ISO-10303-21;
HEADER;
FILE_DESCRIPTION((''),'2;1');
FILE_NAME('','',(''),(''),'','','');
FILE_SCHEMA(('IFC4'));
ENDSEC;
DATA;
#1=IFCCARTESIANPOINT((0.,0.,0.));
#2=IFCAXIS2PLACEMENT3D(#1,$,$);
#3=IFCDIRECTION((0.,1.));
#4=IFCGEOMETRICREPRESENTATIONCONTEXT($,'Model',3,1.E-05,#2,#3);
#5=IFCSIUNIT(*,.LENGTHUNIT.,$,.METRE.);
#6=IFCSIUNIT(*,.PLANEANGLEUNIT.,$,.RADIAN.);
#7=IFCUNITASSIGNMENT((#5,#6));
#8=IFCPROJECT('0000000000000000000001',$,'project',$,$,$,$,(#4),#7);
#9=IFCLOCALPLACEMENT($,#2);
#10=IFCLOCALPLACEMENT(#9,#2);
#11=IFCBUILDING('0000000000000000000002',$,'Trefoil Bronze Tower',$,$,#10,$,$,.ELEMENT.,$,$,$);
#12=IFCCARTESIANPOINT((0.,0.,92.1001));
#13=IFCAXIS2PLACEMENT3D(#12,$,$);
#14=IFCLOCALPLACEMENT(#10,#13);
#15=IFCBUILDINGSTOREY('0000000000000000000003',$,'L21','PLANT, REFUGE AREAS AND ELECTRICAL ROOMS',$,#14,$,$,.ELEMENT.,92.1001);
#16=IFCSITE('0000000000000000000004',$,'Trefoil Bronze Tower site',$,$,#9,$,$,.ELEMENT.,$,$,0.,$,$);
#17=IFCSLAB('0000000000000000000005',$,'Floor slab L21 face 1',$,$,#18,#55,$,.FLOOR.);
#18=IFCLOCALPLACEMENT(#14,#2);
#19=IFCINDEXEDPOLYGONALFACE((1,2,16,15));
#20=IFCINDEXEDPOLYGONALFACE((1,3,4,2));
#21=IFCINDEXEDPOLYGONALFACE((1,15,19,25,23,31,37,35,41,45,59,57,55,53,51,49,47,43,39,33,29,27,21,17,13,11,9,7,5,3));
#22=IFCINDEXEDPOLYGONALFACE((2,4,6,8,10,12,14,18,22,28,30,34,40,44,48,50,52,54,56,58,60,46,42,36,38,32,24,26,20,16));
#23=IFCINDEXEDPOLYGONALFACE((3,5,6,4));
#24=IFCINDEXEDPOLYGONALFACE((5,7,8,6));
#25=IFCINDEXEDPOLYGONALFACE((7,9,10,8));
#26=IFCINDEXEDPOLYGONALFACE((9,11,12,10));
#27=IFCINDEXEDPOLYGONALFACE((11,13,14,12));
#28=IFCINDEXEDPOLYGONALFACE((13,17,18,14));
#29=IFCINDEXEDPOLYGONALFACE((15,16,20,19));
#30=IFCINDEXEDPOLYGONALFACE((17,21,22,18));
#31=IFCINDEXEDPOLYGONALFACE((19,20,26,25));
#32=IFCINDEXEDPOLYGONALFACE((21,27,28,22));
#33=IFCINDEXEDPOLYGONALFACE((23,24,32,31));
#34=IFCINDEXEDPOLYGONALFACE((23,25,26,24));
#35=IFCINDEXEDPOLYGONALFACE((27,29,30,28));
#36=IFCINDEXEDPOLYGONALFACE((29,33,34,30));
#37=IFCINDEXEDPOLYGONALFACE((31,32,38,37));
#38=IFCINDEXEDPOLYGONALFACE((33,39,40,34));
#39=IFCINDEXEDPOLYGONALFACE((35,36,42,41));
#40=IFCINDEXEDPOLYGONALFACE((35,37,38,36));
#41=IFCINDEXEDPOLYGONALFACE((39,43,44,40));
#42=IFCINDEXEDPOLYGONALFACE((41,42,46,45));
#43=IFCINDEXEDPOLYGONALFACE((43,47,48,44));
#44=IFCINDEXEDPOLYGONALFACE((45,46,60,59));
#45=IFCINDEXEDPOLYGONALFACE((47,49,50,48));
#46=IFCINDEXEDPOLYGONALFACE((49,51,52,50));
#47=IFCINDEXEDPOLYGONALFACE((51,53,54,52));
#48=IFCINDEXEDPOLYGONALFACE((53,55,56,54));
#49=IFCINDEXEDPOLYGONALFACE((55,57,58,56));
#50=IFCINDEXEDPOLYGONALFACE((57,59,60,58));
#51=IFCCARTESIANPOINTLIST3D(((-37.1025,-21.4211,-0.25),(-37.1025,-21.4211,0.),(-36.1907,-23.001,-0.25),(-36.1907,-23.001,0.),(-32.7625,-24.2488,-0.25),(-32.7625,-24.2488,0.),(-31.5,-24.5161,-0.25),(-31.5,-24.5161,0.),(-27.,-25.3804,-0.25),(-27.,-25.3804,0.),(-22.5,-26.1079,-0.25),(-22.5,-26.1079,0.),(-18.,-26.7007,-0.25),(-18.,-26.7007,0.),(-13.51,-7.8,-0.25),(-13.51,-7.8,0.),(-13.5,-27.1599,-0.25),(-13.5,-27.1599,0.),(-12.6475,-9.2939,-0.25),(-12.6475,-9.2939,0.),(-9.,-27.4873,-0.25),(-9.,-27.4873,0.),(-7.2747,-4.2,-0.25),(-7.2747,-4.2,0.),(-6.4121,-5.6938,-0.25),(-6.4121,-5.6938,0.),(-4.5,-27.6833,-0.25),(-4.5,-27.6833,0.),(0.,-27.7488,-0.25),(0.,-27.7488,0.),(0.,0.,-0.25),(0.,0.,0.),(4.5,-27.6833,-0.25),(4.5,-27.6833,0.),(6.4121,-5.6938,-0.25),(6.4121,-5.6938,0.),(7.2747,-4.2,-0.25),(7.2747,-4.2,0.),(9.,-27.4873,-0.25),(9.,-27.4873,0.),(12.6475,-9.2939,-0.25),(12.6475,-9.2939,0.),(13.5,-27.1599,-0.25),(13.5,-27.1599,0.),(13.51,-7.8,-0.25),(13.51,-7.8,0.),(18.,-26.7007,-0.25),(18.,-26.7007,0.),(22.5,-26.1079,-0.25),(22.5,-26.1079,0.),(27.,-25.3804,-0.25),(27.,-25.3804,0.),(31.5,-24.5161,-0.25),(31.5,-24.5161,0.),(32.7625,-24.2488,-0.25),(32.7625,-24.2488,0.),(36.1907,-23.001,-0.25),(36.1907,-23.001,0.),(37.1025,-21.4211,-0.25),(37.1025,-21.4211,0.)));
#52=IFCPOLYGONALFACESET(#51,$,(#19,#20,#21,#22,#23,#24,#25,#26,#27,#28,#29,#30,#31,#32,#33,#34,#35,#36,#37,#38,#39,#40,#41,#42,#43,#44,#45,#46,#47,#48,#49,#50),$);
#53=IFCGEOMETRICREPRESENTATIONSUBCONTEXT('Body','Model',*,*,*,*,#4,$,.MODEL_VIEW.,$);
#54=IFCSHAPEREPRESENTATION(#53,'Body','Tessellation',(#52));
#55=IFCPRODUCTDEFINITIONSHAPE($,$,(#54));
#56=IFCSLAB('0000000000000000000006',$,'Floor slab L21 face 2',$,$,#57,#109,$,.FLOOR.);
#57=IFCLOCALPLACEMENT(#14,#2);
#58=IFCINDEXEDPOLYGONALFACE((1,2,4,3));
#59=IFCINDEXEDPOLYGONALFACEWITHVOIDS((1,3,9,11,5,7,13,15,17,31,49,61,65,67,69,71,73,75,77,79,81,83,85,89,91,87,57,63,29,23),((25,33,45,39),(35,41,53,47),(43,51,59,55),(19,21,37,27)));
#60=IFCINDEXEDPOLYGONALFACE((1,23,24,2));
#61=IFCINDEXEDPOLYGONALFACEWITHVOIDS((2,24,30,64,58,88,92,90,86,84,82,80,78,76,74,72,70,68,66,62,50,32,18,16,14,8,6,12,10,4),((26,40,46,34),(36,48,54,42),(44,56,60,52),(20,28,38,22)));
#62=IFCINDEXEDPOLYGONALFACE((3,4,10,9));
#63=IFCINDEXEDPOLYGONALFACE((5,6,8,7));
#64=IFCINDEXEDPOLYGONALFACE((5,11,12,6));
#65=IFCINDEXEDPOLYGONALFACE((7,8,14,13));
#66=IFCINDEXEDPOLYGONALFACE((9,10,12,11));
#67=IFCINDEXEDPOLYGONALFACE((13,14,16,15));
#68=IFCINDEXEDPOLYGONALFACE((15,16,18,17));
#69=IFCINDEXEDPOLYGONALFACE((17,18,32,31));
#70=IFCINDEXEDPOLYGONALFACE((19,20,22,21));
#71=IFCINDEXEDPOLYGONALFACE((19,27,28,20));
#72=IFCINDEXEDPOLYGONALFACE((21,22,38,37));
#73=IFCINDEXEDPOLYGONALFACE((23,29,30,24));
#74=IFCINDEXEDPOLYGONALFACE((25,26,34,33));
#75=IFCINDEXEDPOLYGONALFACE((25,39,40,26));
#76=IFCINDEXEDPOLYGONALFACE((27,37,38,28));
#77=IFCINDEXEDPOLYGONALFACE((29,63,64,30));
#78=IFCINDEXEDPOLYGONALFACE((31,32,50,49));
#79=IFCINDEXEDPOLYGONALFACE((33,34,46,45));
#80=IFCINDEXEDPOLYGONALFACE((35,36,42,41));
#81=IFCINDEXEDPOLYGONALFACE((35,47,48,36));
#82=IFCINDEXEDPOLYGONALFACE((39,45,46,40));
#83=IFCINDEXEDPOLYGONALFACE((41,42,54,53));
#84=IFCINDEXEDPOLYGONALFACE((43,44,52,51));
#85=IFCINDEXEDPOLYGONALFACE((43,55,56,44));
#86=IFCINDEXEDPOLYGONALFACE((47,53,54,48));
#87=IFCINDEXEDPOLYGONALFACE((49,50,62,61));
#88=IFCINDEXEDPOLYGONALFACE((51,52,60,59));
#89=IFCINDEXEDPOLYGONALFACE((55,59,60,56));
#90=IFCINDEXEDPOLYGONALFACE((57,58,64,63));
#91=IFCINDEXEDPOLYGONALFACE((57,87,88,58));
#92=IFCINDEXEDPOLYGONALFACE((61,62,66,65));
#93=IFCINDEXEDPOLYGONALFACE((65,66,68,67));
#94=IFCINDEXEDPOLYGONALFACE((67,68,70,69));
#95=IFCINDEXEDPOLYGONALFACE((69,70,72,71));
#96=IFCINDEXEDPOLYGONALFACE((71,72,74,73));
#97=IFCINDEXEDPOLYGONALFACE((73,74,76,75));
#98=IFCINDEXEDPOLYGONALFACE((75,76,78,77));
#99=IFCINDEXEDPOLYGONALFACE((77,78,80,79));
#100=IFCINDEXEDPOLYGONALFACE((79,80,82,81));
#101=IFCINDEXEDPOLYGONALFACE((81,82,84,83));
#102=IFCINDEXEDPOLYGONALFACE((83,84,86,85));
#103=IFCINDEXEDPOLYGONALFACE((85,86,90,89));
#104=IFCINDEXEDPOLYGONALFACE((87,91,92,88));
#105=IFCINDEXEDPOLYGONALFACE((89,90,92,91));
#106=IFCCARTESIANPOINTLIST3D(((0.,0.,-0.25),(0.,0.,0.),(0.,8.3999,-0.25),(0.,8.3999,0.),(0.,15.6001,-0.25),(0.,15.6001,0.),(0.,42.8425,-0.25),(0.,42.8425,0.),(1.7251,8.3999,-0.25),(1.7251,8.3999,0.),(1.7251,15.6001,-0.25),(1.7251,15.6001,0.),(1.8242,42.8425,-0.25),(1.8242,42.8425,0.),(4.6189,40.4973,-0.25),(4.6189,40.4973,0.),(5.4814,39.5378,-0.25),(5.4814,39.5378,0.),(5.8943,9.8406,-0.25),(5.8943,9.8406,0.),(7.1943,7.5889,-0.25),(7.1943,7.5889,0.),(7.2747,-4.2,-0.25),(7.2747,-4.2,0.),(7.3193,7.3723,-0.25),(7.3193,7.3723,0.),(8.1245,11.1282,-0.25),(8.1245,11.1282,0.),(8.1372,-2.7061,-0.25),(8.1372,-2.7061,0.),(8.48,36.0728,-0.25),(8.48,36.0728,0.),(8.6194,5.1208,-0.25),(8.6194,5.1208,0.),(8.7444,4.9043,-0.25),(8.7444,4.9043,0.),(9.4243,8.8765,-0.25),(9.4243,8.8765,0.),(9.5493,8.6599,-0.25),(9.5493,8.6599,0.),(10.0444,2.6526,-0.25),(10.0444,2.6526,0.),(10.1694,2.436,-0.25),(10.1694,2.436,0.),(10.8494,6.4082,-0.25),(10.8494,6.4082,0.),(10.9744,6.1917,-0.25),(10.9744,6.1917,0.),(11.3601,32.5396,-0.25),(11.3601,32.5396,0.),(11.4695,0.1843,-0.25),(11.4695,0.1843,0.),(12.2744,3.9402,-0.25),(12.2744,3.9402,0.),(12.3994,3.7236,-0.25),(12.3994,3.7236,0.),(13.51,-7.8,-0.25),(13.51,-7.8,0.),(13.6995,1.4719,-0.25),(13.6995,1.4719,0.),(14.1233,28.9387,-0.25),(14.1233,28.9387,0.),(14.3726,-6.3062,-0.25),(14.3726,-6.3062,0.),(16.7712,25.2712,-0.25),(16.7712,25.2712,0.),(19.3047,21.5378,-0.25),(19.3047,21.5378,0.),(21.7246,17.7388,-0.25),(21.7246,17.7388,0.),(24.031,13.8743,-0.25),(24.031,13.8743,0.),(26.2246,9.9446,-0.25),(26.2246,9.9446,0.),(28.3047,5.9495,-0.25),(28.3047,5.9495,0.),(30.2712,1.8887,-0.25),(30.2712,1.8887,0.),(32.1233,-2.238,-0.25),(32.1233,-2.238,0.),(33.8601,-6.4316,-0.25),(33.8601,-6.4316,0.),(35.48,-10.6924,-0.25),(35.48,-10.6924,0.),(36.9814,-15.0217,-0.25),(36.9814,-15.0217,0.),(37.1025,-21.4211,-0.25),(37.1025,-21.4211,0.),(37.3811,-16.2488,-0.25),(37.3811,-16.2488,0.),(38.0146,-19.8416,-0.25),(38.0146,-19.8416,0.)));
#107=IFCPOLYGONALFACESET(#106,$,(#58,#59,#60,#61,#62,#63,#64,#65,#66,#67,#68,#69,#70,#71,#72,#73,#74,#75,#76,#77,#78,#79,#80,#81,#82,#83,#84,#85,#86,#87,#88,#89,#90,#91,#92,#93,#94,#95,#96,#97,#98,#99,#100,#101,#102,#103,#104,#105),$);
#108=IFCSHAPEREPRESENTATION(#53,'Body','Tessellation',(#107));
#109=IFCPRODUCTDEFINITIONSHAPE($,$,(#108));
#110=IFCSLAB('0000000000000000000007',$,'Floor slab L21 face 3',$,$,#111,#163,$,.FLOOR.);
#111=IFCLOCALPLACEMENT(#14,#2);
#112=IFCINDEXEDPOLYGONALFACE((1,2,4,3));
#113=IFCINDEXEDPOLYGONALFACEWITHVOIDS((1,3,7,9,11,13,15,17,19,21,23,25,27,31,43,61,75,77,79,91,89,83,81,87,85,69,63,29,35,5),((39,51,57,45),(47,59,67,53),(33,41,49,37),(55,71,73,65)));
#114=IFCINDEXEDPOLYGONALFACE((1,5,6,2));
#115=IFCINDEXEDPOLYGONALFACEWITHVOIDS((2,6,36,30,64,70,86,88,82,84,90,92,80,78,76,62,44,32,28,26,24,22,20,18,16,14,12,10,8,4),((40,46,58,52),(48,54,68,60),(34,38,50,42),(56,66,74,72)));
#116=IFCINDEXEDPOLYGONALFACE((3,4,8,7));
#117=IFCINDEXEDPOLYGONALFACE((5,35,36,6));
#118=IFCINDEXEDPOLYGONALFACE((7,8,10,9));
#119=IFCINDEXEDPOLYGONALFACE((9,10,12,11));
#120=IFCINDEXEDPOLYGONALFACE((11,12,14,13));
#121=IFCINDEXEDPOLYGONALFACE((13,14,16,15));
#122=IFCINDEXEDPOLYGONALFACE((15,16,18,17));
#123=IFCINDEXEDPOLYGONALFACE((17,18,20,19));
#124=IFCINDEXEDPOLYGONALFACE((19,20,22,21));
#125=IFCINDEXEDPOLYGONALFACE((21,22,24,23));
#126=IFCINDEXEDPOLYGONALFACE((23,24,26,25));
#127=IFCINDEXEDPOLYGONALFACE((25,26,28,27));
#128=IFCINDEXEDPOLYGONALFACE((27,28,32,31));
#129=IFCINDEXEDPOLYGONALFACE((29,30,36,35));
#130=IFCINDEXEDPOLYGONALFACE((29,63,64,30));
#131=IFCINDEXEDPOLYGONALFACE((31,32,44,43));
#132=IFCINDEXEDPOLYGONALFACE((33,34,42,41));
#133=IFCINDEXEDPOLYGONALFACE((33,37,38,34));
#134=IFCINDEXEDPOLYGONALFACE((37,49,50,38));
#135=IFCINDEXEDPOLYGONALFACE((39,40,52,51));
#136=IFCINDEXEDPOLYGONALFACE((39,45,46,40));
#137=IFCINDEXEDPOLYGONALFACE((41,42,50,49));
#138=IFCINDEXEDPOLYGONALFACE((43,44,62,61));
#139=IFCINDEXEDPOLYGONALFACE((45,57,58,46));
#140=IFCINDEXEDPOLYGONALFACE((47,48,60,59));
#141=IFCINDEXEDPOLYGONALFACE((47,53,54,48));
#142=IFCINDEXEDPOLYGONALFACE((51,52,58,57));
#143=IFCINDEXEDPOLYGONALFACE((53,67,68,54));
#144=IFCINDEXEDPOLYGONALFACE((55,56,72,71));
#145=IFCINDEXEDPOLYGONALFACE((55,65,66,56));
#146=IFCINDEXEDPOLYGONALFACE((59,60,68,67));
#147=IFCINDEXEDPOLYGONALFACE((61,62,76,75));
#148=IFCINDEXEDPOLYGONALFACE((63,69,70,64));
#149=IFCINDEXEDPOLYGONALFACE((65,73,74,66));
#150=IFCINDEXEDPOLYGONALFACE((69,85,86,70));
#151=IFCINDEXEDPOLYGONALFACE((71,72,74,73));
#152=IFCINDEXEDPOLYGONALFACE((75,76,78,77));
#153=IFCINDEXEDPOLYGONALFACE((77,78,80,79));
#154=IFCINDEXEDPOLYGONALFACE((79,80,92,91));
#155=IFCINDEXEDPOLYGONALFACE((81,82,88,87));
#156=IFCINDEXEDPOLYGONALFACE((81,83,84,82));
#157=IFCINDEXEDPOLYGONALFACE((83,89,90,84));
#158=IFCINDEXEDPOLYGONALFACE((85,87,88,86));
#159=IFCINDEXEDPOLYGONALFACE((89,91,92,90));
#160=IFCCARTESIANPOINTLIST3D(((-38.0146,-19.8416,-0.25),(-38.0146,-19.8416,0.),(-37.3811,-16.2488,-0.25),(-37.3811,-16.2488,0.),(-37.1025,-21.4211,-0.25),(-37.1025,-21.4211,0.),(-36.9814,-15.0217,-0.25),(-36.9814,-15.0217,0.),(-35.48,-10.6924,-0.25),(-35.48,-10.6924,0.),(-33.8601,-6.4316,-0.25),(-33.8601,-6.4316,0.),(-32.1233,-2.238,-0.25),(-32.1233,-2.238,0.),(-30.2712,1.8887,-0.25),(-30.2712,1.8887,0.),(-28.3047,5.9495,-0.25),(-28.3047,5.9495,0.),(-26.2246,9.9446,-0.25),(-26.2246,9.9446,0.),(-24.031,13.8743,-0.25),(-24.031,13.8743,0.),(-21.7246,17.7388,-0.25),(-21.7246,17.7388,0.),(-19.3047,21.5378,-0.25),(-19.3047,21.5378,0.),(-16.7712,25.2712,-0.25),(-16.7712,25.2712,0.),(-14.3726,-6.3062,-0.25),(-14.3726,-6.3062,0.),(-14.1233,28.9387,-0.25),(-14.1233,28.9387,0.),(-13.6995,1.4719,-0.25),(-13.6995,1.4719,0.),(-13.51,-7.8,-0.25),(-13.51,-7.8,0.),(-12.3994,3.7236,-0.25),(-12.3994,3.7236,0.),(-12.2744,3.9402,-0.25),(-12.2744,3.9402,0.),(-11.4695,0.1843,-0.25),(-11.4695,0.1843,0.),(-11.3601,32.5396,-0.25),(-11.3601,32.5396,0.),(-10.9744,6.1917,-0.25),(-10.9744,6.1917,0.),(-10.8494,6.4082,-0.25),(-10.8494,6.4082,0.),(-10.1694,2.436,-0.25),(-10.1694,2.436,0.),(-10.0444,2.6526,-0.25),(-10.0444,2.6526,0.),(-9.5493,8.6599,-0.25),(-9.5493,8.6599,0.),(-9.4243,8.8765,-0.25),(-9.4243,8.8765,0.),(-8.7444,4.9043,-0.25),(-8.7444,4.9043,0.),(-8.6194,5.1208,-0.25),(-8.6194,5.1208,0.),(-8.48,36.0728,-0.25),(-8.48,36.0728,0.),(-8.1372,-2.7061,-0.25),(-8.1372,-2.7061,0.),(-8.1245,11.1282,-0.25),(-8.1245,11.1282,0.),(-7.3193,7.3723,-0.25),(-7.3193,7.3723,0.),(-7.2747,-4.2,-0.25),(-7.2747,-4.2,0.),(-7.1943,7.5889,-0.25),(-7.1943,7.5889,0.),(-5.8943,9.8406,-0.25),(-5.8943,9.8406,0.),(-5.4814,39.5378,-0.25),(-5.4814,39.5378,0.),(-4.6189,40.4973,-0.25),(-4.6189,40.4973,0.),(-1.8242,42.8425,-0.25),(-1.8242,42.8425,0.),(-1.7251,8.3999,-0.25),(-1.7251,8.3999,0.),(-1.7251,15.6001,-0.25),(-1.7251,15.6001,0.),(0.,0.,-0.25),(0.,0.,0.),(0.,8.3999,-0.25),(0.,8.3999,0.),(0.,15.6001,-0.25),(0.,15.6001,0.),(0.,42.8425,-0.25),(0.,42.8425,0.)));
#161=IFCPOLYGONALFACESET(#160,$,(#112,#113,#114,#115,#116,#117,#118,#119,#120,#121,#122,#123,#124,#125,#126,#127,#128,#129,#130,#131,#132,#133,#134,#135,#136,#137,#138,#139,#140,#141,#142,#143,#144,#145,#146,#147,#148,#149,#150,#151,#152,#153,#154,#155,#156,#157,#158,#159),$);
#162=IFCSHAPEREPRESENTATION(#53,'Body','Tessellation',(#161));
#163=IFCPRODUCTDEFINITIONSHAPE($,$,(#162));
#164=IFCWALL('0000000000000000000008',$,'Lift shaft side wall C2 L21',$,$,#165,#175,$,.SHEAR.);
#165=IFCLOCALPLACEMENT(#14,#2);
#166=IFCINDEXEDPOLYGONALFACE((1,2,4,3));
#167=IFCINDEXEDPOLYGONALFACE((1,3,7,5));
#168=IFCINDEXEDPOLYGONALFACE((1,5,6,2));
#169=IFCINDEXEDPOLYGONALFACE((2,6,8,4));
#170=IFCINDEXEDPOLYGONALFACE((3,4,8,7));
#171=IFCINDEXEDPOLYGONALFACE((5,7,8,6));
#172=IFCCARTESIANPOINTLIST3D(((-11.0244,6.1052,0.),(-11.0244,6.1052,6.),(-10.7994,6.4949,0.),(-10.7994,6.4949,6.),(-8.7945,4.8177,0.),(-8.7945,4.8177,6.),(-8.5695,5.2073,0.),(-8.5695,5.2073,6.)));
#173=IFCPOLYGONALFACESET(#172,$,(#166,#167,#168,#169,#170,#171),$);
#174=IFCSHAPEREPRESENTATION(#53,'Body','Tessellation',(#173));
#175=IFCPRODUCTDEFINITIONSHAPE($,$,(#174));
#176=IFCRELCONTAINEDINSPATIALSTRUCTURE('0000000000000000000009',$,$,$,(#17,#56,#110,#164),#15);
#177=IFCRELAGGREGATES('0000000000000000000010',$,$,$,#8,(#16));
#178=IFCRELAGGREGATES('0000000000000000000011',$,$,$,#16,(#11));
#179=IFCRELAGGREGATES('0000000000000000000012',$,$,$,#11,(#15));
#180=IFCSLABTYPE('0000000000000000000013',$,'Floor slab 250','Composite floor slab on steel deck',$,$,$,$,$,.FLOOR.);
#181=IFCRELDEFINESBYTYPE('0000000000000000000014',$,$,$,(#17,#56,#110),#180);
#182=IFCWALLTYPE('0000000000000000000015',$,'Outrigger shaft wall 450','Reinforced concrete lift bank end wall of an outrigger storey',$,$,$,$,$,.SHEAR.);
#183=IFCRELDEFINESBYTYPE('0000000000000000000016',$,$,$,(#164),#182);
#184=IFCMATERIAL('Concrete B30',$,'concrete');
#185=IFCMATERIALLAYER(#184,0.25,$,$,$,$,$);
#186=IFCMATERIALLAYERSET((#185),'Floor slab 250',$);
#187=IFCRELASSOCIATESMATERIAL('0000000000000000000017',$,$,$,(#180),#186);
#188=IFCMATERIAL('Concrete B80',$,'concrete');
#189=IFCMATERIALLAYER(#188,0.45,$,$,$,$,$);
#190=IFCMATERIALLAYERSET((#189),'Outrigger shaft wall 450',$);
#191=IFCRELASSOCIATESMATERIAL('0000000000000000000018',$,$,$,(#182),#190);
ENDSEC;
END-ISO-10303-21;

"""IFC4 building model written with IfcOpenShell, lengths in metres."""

from ifc_helpers import new_model, si_unit, direction, frame, frame_2d, origin, place, context, subcontext, project, spatial, polyline, rectangle, outline, extrude, material, layer, layer_set, type_object, element, save


model = new_model("IFC4")

# Units and contexts
model_context = context("Model", 3, precision=1e-05, world=origin(), true_north=direction((0.0, 1.0)))
body_context = subcontext(model_context, "Body", "Model", "MODEL_VIEW")
ifc_project = project(units=[si_unit("LENGTHUNIT", "METRE"), si_unit("PLANEANGLEUNIT", "RADIAN")], contexts=[model_context])

# Site, building, storey
site_placement = place(None, origin())
site = spatial("IfcSite", under=ifc_project, at=site_placement, Name="Trefoil Bronze Tower site", CompositionType="ELEMENT", RefElevation=0.0)
building_placement = place(site_placement, origin())
building = spatial("IfcBuilding", under=site, at=building_placement, Name="Trefoil Bronze Tower", CompositionType="ELEMENT")
storey_placement = place(building_placement, frame((0.0, 0.0, 92.1001)))
storey = spatial("IfcBuildingStorey", under=building, at=storey_placement, Name="L21", Description="PLANT, REFUGE AREAS AND ELECTRICAL ROOMS", CompositionType="ELEMENT", Elevation=92.1001)

# Slabs
ifc_material_1 = material(Name="Concrete B30", Category="concrete")
ifc_layer_1 = layer(ifc_material_1, 0.25)
ifc_layer_set_1 = layer_set([ifc_layer_1], Name="Floor slab 250")
slab_type = type_object("IfcSlabType", Name="Floor slab 250", Description="Composite floor slab on steel deck", PredefinedType="FLOOR", material=ifc_layer_set_1)
slab_1_placement = place(storey_placement, frame((0.0, 0.0, -0.25)))
element("IfcSlab", 1, at=slab_1_placement, inside=storey, type_object=slab_type, Name="Floor slab L21 face 1", PredefinedType="FLOOR", context=body_context, shape_type="SweptSolid", body=[
    extrude(outline(polyline([(27.0, -25.3804), (22.5, -26.1079), (18.0, -26.7007), (13.5, -27.1599), (9.0, -27.4873), (4.5, -27.6833), (0.0, -27.7488), (-4.5, -27.6833), (-9.0, -27.4873), (-13.5, -27.1599), (-18.0, -26.7007), (-22.5, -26.1079), (-27.0, -25.3804), (-31.5, -24.5161), (-32.7625, -24.2488), (-36.1907, -23.001), (-37.1025, -21.4211), (-13.51, -7.8), (-12.6475, -9.2939), (-6.4121, -5.6938), (-7.2747, -4.2), (0.0, 0.0), (7.2747, -4.2), (6.4121, -5.6938), (12.6475, -9.2939), (13.51, -7.8), (37.1025, -21.4211), (36.1907, -23.001), (32.7625, -24.2488), (31.5, -24.5161), (27.0, -25.3804)])), origin(), (0.0, 0.0, 1.0), 0.25),
])
slab_2_placement = place(storey_placement, frame((0.0, 0.0, -0.25)))
element("IfcSlab", 2, at=slab_2_placement, inside=storey, type_object=slab_type, Name="Floor slab L21 face 2", PredefinedType="FLOOR", context=body_context, shape_type="SweptSolid", body=[
    extrude(outline(polyline([(8.48, 36.0728), (11.3601, 32.5396), (14.1233, 28.9387), (16.7712, 25.2712), (19.3047, 21.5378), (21.7246, 17.7388), (24.031, 13.8743), (26.2246, 9.9446), (28.3047, 5.9495), (30.2712, 1.8887), (32.1233, -2.238), (33.8601, -6.4316), (35.48, -10.6924), (36.9814, -15.0217), (37.3811, -16.2488), (38.0146, -19.8416), (37.1025, -21.4211), (13.51, -7.8), (14.3726, -6.3062), (8.1372, -2.7061), (7.2747, -4.2), (0.0, 0.0), (0.0, 8.3999), (1.7251, 8.3999), (1.7251, 15.6001), (0.0, 15.6001), (0.0, 42.8425), (1.8242, 42.8425), (4.6189, 40.4973), (5.4814, 39.5378), (8.48, 36.0728)]), holes=[polyline([(11.4695, 0.1843), (10.1694, 2.436), (12.3994, 3.7236), (13.6995, 1.4719), (11.4695, 0.1843)]), polyline([(10.0444, 2.6526), (8.7444, 4.9043), (10.9744, 6.1917), (12.2744, 3.9402), (10.0444, 2.6526)]), polyline([(8.6194, 5.1208), (7.3193, 7.3723), (9.5493, 8.6599), (10.8494, 6.4082), (8.6194, 5.1208)]), polyline([(7.1943, 7.5889), (5.8943, 9.8406), (8.1245, 11.1282), (9.4243, 8.8765), (7.1943, 7.5889)])]), origin(), (0.0, 0.0, 1.0), 0.25),
])
slab_3_placement = place(storey_placement, frame((0.0, 0.0, -0.25)))
element("IfcSlab", 3, at=slab_3_placement, inside=storey, type_object=slab_type, Name="Floor slab L21 face 3", PredefinedType="FLOOR", context=body_context, shape_type="SweptSolid", body=[
    extrude(outline(polyline([(-35.48, -10.6924), (-33.8601, -6.4316), (-32.1233, -2.238), (-30.2712, 1.8887), (-28.3047, 5.9495), (-26.2246, 9.9446), (-24.031, 13.8743), (-21.7246, 17.7388), (-19.3047, 21.5378), (-16.7712, 25.2712), (-14.1233, 28.9387), (-11.3601, 32.5396), (-8.48, 36.0728), (-5.4814, 39.5378), (-4.6189, 40.4973), (-1.8242, 42.8425), (0.0, 42.8425), (0.0, 15.6001), (-1.7251, 15.6001), (-1.7251, 8.3999), (0.0, 8.3999), (0.0, 0.0), (-7.2747, -4.2), (-8.1372, -2.7061), (-14.3726, -6.3062), (-13.51, -7.8), (-37.1025, -21.4211), (-38.0146, -19.8416), (-37.3811, -16.2488), (-36.9814, -15.0217), (-35.48, -10.6924)]), holes=[polyline([(-5.8943, 9.8406), (-7.1943, 7.5889), (-9.4243, 8.8765), (-8.1245, 11.1282), (-5.8943, 9.8406)]), polyline([(-7.3193, 7.3723), (-8.6194, 5.1208), (-10.8494, 6.4082), (-9.5493, 8.6599), (-7.3193, 7.3723)]), polyline([(-8.7444, 4.9043), (-10.0444, 2.6526), (-12.2744, 3.9402), (-10.9744, 6.1917), (-8.7444, 4.9043)]), polyline([(-10.1694, 2.436), (-11.4695, 0.1843), (-13.6995, 1.4719), (-12.3994, 3.7236), (-10.1694, 2.436)])]), origin(), (0.0, 0.0, 1.0), 0.25),
])

# Wall
ifc_material_2 = material(Name="Concrete B80", Category="concrete")
ifc_layer_2 = layer(ifc_material_2, 0.45)
ifc_layer_set_2 = layer_set([ifc_layer_2], Name="Outrigger shaft wall 450")
wall_type_1 = type_object("IfcWallType", Name="Outrigger shaft wall 450", Description="Reinforced concrete lift bank end wall of an outrigger storey", PredefinedType="SHEAR", material=ifc_layer_set_2)
for number, where, z_axis, x_axis, name in (
    (4, (-8.6819, 5.0125, 0.0), (0.0, 0.0, 1.0), (-0.866006, 0.500034, 0.0), "Lift shaft side wall C2 L21"),
):
    element("IfcWall", number, at=place(storey_placement, frame(where, z_axis=z_axis, x_axis=x_axis)), inside=storey, type_object=wall_type_1, Name=name, PredefinedType="SHEAR", context=body_context, shape_type="SweptSolid", body=[
        extrude(rectangle(XDim=2.575, YDim=0.45, at=frame_2d((1.2876, 0.0))), origin(), (0.0, 0.0, 1.0), 6.0),
    ])

save(model, "model.ifc")
